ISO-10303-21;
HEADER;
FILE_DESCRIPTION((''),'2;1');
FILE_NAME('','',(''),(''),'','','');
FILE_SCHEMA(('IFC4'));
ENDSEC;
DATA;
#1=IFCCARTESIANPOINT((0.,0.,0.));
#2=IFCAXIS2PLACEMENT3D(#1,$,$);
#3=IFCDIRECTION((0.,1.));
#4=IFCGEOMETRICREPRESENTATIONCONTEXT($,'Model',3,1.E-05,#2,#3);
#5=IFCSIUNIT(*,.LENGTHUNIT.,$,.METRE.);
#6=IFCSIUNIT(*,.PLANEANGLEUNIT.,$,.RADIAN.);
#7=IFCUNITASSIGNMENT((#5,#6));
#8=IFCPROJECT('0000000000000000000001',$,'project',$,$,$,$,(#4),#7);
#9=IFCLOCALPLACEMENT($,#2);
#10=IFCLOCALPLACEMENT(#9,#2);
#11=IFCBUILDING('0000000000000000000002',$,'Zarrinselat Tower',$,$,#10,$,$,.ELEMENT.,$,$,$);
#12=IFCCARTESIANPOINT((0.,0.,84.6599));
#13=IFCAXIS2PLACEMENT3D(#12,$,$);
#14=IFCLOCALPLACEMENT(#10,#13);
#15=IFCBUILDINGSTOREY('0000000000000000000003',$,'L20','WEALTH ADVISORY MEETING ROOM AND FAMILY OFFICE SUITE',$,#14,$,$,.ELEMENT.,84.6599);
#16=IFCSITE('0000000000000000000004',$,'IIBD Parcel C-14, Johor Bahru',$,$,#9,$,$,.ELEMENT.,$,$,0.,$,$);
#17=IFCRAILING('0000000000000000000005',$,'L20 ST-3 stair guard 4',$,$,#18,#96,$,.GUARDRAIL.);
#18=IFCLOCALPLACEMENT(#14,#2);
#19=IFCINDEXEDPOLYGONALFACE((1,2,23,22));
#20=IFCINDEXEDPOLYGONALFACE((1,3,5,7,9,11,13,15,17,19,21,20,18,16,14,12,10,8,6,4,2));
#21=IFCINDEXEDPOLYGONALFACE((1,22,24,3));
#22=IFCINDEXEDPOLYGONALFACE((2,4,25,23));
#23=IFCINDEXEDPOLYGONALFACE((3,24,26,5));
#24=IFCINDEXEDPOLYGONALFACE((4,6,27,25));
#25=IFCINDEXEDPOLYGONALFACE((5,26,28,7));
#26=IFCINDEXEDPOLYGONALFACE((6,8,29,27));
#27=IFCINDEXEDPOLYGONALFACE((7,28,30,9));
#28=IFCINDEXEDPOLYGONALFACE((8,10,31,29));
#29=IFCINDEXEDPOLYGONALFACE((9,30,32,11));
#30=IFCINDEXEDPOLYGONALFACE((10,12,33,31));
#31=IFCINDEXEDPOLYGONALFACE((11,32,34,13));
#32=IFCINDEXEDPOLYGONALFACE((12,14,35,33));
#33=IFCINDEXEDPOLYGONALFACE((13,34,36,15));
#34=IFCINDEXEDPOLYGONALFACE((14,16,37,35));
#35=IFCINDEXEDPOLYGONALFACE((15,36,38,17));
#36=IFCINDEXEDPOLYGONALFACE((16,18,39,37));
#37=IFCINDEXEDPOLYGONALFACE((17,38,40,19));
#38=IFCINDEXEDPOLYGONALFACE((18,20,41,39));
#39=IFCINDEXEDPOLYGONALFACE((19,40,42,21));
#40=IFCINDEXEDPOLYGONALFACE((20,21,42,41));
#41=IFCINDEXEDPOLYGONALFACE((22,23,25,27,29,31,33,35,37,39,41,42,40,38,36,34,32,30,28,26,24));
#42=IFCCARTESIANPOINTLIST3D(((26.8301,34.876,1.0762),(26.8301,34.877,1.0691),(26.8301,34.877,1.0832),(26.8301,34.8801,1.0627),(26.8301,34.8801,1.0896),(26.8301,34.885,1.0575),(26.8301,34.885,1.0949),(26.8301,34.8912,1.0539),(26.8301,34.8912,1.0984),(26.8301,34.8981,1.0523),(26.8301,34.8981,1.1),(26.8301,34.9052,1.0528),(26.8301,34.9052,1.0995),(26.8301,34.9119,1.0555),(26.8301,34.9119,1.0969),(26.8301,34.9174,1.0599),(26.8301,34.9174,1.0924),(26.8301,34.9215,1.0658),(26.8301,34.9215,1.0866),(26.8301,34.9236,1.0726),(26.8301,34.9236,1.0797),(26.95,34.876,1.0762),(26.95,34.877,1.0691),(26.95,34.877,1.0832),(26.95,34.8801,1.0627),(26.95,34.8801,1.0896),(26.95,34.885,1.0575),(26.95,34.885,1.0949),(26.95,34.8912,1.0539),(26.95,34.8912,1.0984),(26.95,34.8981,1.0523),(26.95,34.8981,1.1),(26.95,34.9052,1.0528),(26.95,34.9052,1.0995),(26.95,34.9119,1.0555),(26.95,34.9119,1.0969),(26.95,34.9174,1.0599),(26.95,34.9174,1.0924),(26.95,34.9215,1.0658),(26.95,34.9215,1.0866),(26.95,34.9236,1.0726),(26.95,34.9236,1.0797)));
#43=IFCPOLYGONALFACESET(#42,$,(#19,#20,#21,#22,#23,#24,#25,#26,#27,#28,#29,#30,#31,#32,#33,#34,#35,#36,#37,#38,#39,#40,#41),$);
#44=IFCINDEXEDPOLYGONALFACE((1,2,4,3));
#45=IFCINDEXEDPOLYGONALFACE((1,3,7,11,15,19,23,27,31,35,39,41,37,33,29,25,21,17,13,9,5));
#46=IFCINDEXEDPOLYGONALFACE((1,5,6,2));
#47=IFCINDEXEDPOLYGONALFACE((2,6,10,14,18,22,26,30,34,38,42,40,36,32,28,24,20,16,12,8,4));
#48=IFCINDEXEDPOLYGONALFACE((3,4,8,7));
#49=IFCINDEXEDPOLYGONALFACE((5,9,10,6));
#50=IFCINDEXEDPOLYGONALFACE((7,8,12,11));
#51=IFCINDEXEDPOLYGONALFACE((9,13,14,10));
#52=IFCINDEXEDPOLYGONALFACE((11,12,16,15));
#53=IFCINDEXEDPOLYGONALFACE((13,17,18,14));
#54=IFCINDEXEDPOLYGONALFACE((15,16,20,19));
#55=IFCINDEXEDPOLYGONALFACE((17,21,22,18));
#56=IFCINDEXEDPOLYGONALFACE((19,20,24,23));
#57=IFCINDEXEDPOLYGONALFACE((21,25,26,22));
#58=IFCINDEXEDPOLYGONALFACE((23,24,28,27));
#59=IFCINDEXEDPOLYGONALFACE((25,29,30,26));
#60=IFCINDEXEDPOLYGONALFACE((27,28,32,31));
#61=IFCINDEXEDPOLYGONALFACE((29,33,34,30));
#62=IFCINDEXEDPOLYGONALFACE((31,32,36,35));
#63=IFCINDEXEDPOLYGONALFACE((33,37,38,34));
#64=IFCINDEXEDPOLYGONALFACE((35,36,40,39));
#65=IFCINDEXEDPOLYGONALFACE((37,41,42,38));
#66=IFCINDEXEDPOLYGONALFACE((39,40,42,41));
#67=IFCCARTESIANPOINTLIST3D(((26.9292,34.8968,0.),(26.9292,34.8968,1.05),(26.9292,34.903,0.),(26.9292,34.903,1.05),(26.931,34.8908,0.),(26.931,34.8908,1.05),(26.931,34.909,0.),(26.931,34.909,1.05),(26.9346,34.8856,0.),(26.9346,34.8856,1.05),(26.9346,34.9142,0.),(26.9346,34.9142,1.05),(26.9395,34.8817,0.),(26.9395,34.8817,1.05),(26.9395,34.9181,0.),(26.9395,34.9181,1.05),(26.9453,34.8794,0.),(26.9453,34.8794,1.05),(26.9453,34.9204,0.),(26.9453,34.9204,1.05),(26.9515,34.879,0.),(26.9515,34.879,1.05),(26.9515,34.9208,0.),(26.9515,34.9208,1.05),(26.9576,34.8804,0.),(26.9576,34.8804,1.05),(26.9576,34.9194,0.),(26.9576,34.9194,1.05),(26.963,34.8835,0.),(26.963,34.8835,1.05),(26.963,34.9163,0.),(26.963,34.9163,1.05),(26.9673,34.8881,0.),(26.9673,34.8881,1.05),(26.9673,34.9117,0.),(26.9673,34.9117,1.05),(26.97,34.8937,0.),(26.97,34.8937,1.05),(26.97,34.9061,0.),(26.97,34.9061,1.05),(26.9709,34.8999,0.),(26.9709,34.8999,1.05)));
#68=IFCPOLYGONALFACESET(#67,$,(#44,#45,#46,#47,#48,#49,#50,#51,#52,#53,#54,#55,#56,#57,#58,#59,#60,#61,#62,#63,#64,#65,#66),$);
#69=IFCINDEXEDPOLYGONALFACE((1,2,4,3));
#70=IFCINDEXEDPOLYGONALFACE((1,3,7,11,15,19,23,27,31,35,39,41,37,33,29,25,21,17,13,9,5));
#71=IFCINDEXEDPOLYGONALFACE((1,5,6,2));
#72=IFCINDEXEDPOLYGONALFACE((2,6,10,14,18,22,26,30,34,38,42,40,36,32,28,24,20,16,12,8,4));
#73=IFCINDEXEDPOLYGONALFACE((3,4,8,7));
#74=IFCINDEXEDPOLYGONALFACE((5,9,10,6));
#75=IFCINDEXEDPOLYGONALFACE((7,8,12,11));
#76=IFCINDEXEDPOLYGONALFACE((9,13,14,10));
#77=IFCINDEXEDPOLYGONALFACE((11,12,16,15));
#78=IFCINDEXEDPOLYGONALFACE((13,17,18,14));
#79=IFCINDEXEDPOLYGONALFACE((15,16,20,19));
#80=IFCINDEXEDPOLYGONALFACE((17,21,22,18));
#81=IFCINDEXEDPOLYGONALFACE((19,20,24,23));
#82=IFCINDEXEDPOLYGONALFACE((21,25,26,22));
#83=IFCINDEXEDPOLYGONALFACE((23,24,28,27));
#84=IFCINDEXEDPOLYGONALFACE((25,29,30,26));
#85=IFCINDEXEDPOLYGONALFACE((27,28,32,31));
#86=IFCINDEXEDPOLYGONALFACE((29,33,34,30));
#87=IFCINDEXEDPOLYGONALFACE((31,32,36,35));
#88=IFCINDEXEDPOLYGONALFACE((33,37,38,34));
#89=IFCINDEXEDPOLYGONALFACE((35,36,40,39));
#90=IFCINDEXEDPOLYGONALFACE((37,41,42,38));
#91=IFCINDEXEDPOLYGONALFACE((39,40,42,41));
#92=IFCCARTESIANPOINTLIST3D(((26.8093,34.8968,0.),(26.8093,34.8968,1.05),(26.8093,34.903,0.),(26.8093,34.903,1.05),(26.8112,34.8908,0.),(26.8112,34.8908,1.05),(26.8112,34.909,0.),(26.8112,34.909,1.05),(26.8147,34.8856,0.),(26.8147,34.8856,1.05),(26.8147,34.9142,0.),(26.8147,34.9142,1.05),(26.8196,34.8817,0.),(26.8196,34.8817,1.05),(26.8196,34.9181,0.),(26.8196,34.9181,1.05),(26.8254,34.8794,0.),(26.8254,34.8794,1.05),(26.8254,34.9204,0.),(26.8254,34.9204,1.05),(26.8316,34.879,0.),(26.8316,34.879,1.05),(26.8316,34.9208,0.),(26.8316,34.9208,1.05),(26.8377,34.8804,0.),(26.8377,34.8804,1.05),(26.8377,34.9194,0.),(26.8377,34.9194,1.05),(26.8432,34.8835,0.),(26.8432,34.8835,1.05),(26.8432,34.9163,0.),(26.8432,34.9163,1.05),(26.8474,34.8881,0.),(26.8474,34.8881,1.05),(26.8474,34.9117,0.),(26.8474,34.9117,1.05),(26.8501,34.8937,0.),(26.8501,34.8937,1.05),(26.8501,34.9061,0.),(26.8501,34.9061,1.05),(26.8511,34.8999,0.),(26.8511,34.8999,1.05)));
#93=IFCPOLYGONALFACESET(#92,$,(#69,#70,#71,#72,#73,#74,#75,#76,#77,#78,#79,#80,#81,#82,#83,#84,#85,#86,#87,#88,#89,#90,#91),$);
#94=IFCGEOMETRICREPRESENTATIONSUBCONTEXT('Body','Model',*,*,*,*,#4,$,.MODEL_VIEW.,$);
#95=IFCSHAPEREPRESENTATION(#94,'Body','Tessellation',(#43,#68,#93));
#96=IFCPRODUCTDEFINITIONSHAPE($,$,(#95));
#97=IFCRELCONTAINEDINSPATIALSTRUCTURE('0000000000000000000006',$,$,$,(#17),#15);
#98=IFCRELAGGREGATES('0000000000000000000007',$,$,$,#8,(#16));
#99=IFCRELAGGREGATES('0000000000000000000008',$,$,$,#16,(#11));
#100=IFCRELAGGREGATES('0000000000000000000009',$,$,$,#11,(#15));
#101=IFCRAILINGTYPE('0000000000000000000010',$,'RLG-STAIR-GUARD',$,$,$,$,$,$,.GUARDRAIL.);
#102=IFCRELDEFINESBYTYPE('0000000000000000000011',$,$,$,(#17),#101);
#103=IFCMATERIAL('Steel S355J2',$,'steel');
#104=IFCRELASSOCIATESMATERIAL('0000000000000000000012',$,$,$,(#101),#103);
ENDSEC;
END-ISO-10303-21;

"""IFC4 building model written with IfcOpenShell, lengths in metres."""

from ifc_helpers import new_model, si_unit, direction, frame, origin, origin_2d, place, context, subcontext, project, spatial, circle, extrude, material, type_object, element, save


model = new_model("IFC4")

# Units and contexts
model_context = context("Model", 3, precision=1e-05, world=origin(), true_north=direction((0.0, 1.0)))
body_context = subcontext(model_context, "Body", "Model", "MODEL_VIEW")
ifc_project = project(units=[si_unit("LENGTHUNIT", "METRE"), si_unit("PLANEANGLEUNIT", "RADIAN")], contexts=[model_context])

# Site, building, storey
site_placement = place(None, origin())
site = spatial("IfcSite", under=ifc_project, at=site_placement, Name="IIBD Parcel C-14, Johor Bahru", CompositionType="ELEMENT", RefElevation=0.0)
building_placement = place(site_placement, origin())
building = spatial("IfcBuilding", under=site, at=building_placement, Name="Zarrinselat Tower", CompositionType="ELEMENT")
storey_placement = place(building_placement, frame((0.0, 0.0, 84.6599)))
storey = spatial("IfcBuildingStorey", under=building, at=storey_placement, Name="L20", Description="WEALTH ADVISORY MEETING ROOM AND FAMILY OFFICE SUITE", CompositionType="ELEMENT", Elevation=84.6599)

# Railing
ifc_material_1 = material(Name="Steel S355J2", Category="steel")
railing_type_1 = type_object("IfcRailingType", Name="RLG-STAIR-GUARD", PredefinedType="GUARDRAIL", material=ifc_material_1)
railing_1_placement = place(storey_placement, frame((26.95, 34.8999, 0.0)))
element("IfcRailing", 1, at=railing_1_placement, inside=storey, type_object=railing_type_1, Name="L20 ST-3 stair guard 4", PredefinedType="GUARDRAIL", context=body_context, shape_type="SweptSolid", body=[
    extrude(circle(Radius=0.0239, at=origin_2d()), frame((0.0, 0.0, 1.0762), z_axis=(-1.0, 0.0, 0.0), x_axis=(0.0, -1.0, 0.0)), (0.0, 0.0, 1.0), 0.1199),
    extrude(circle(Radius=0.021, at=origin_2d()), origin(), (0.0, 0.0, 1.0), 1.05),
    extrude(circle(Radius=0.021, at=origin_2d()), frame((-0.1199, 0.0, 0.0)), (0.0, 0.0, 1.0), 1.05),
])

save(model, "model.ifc")
